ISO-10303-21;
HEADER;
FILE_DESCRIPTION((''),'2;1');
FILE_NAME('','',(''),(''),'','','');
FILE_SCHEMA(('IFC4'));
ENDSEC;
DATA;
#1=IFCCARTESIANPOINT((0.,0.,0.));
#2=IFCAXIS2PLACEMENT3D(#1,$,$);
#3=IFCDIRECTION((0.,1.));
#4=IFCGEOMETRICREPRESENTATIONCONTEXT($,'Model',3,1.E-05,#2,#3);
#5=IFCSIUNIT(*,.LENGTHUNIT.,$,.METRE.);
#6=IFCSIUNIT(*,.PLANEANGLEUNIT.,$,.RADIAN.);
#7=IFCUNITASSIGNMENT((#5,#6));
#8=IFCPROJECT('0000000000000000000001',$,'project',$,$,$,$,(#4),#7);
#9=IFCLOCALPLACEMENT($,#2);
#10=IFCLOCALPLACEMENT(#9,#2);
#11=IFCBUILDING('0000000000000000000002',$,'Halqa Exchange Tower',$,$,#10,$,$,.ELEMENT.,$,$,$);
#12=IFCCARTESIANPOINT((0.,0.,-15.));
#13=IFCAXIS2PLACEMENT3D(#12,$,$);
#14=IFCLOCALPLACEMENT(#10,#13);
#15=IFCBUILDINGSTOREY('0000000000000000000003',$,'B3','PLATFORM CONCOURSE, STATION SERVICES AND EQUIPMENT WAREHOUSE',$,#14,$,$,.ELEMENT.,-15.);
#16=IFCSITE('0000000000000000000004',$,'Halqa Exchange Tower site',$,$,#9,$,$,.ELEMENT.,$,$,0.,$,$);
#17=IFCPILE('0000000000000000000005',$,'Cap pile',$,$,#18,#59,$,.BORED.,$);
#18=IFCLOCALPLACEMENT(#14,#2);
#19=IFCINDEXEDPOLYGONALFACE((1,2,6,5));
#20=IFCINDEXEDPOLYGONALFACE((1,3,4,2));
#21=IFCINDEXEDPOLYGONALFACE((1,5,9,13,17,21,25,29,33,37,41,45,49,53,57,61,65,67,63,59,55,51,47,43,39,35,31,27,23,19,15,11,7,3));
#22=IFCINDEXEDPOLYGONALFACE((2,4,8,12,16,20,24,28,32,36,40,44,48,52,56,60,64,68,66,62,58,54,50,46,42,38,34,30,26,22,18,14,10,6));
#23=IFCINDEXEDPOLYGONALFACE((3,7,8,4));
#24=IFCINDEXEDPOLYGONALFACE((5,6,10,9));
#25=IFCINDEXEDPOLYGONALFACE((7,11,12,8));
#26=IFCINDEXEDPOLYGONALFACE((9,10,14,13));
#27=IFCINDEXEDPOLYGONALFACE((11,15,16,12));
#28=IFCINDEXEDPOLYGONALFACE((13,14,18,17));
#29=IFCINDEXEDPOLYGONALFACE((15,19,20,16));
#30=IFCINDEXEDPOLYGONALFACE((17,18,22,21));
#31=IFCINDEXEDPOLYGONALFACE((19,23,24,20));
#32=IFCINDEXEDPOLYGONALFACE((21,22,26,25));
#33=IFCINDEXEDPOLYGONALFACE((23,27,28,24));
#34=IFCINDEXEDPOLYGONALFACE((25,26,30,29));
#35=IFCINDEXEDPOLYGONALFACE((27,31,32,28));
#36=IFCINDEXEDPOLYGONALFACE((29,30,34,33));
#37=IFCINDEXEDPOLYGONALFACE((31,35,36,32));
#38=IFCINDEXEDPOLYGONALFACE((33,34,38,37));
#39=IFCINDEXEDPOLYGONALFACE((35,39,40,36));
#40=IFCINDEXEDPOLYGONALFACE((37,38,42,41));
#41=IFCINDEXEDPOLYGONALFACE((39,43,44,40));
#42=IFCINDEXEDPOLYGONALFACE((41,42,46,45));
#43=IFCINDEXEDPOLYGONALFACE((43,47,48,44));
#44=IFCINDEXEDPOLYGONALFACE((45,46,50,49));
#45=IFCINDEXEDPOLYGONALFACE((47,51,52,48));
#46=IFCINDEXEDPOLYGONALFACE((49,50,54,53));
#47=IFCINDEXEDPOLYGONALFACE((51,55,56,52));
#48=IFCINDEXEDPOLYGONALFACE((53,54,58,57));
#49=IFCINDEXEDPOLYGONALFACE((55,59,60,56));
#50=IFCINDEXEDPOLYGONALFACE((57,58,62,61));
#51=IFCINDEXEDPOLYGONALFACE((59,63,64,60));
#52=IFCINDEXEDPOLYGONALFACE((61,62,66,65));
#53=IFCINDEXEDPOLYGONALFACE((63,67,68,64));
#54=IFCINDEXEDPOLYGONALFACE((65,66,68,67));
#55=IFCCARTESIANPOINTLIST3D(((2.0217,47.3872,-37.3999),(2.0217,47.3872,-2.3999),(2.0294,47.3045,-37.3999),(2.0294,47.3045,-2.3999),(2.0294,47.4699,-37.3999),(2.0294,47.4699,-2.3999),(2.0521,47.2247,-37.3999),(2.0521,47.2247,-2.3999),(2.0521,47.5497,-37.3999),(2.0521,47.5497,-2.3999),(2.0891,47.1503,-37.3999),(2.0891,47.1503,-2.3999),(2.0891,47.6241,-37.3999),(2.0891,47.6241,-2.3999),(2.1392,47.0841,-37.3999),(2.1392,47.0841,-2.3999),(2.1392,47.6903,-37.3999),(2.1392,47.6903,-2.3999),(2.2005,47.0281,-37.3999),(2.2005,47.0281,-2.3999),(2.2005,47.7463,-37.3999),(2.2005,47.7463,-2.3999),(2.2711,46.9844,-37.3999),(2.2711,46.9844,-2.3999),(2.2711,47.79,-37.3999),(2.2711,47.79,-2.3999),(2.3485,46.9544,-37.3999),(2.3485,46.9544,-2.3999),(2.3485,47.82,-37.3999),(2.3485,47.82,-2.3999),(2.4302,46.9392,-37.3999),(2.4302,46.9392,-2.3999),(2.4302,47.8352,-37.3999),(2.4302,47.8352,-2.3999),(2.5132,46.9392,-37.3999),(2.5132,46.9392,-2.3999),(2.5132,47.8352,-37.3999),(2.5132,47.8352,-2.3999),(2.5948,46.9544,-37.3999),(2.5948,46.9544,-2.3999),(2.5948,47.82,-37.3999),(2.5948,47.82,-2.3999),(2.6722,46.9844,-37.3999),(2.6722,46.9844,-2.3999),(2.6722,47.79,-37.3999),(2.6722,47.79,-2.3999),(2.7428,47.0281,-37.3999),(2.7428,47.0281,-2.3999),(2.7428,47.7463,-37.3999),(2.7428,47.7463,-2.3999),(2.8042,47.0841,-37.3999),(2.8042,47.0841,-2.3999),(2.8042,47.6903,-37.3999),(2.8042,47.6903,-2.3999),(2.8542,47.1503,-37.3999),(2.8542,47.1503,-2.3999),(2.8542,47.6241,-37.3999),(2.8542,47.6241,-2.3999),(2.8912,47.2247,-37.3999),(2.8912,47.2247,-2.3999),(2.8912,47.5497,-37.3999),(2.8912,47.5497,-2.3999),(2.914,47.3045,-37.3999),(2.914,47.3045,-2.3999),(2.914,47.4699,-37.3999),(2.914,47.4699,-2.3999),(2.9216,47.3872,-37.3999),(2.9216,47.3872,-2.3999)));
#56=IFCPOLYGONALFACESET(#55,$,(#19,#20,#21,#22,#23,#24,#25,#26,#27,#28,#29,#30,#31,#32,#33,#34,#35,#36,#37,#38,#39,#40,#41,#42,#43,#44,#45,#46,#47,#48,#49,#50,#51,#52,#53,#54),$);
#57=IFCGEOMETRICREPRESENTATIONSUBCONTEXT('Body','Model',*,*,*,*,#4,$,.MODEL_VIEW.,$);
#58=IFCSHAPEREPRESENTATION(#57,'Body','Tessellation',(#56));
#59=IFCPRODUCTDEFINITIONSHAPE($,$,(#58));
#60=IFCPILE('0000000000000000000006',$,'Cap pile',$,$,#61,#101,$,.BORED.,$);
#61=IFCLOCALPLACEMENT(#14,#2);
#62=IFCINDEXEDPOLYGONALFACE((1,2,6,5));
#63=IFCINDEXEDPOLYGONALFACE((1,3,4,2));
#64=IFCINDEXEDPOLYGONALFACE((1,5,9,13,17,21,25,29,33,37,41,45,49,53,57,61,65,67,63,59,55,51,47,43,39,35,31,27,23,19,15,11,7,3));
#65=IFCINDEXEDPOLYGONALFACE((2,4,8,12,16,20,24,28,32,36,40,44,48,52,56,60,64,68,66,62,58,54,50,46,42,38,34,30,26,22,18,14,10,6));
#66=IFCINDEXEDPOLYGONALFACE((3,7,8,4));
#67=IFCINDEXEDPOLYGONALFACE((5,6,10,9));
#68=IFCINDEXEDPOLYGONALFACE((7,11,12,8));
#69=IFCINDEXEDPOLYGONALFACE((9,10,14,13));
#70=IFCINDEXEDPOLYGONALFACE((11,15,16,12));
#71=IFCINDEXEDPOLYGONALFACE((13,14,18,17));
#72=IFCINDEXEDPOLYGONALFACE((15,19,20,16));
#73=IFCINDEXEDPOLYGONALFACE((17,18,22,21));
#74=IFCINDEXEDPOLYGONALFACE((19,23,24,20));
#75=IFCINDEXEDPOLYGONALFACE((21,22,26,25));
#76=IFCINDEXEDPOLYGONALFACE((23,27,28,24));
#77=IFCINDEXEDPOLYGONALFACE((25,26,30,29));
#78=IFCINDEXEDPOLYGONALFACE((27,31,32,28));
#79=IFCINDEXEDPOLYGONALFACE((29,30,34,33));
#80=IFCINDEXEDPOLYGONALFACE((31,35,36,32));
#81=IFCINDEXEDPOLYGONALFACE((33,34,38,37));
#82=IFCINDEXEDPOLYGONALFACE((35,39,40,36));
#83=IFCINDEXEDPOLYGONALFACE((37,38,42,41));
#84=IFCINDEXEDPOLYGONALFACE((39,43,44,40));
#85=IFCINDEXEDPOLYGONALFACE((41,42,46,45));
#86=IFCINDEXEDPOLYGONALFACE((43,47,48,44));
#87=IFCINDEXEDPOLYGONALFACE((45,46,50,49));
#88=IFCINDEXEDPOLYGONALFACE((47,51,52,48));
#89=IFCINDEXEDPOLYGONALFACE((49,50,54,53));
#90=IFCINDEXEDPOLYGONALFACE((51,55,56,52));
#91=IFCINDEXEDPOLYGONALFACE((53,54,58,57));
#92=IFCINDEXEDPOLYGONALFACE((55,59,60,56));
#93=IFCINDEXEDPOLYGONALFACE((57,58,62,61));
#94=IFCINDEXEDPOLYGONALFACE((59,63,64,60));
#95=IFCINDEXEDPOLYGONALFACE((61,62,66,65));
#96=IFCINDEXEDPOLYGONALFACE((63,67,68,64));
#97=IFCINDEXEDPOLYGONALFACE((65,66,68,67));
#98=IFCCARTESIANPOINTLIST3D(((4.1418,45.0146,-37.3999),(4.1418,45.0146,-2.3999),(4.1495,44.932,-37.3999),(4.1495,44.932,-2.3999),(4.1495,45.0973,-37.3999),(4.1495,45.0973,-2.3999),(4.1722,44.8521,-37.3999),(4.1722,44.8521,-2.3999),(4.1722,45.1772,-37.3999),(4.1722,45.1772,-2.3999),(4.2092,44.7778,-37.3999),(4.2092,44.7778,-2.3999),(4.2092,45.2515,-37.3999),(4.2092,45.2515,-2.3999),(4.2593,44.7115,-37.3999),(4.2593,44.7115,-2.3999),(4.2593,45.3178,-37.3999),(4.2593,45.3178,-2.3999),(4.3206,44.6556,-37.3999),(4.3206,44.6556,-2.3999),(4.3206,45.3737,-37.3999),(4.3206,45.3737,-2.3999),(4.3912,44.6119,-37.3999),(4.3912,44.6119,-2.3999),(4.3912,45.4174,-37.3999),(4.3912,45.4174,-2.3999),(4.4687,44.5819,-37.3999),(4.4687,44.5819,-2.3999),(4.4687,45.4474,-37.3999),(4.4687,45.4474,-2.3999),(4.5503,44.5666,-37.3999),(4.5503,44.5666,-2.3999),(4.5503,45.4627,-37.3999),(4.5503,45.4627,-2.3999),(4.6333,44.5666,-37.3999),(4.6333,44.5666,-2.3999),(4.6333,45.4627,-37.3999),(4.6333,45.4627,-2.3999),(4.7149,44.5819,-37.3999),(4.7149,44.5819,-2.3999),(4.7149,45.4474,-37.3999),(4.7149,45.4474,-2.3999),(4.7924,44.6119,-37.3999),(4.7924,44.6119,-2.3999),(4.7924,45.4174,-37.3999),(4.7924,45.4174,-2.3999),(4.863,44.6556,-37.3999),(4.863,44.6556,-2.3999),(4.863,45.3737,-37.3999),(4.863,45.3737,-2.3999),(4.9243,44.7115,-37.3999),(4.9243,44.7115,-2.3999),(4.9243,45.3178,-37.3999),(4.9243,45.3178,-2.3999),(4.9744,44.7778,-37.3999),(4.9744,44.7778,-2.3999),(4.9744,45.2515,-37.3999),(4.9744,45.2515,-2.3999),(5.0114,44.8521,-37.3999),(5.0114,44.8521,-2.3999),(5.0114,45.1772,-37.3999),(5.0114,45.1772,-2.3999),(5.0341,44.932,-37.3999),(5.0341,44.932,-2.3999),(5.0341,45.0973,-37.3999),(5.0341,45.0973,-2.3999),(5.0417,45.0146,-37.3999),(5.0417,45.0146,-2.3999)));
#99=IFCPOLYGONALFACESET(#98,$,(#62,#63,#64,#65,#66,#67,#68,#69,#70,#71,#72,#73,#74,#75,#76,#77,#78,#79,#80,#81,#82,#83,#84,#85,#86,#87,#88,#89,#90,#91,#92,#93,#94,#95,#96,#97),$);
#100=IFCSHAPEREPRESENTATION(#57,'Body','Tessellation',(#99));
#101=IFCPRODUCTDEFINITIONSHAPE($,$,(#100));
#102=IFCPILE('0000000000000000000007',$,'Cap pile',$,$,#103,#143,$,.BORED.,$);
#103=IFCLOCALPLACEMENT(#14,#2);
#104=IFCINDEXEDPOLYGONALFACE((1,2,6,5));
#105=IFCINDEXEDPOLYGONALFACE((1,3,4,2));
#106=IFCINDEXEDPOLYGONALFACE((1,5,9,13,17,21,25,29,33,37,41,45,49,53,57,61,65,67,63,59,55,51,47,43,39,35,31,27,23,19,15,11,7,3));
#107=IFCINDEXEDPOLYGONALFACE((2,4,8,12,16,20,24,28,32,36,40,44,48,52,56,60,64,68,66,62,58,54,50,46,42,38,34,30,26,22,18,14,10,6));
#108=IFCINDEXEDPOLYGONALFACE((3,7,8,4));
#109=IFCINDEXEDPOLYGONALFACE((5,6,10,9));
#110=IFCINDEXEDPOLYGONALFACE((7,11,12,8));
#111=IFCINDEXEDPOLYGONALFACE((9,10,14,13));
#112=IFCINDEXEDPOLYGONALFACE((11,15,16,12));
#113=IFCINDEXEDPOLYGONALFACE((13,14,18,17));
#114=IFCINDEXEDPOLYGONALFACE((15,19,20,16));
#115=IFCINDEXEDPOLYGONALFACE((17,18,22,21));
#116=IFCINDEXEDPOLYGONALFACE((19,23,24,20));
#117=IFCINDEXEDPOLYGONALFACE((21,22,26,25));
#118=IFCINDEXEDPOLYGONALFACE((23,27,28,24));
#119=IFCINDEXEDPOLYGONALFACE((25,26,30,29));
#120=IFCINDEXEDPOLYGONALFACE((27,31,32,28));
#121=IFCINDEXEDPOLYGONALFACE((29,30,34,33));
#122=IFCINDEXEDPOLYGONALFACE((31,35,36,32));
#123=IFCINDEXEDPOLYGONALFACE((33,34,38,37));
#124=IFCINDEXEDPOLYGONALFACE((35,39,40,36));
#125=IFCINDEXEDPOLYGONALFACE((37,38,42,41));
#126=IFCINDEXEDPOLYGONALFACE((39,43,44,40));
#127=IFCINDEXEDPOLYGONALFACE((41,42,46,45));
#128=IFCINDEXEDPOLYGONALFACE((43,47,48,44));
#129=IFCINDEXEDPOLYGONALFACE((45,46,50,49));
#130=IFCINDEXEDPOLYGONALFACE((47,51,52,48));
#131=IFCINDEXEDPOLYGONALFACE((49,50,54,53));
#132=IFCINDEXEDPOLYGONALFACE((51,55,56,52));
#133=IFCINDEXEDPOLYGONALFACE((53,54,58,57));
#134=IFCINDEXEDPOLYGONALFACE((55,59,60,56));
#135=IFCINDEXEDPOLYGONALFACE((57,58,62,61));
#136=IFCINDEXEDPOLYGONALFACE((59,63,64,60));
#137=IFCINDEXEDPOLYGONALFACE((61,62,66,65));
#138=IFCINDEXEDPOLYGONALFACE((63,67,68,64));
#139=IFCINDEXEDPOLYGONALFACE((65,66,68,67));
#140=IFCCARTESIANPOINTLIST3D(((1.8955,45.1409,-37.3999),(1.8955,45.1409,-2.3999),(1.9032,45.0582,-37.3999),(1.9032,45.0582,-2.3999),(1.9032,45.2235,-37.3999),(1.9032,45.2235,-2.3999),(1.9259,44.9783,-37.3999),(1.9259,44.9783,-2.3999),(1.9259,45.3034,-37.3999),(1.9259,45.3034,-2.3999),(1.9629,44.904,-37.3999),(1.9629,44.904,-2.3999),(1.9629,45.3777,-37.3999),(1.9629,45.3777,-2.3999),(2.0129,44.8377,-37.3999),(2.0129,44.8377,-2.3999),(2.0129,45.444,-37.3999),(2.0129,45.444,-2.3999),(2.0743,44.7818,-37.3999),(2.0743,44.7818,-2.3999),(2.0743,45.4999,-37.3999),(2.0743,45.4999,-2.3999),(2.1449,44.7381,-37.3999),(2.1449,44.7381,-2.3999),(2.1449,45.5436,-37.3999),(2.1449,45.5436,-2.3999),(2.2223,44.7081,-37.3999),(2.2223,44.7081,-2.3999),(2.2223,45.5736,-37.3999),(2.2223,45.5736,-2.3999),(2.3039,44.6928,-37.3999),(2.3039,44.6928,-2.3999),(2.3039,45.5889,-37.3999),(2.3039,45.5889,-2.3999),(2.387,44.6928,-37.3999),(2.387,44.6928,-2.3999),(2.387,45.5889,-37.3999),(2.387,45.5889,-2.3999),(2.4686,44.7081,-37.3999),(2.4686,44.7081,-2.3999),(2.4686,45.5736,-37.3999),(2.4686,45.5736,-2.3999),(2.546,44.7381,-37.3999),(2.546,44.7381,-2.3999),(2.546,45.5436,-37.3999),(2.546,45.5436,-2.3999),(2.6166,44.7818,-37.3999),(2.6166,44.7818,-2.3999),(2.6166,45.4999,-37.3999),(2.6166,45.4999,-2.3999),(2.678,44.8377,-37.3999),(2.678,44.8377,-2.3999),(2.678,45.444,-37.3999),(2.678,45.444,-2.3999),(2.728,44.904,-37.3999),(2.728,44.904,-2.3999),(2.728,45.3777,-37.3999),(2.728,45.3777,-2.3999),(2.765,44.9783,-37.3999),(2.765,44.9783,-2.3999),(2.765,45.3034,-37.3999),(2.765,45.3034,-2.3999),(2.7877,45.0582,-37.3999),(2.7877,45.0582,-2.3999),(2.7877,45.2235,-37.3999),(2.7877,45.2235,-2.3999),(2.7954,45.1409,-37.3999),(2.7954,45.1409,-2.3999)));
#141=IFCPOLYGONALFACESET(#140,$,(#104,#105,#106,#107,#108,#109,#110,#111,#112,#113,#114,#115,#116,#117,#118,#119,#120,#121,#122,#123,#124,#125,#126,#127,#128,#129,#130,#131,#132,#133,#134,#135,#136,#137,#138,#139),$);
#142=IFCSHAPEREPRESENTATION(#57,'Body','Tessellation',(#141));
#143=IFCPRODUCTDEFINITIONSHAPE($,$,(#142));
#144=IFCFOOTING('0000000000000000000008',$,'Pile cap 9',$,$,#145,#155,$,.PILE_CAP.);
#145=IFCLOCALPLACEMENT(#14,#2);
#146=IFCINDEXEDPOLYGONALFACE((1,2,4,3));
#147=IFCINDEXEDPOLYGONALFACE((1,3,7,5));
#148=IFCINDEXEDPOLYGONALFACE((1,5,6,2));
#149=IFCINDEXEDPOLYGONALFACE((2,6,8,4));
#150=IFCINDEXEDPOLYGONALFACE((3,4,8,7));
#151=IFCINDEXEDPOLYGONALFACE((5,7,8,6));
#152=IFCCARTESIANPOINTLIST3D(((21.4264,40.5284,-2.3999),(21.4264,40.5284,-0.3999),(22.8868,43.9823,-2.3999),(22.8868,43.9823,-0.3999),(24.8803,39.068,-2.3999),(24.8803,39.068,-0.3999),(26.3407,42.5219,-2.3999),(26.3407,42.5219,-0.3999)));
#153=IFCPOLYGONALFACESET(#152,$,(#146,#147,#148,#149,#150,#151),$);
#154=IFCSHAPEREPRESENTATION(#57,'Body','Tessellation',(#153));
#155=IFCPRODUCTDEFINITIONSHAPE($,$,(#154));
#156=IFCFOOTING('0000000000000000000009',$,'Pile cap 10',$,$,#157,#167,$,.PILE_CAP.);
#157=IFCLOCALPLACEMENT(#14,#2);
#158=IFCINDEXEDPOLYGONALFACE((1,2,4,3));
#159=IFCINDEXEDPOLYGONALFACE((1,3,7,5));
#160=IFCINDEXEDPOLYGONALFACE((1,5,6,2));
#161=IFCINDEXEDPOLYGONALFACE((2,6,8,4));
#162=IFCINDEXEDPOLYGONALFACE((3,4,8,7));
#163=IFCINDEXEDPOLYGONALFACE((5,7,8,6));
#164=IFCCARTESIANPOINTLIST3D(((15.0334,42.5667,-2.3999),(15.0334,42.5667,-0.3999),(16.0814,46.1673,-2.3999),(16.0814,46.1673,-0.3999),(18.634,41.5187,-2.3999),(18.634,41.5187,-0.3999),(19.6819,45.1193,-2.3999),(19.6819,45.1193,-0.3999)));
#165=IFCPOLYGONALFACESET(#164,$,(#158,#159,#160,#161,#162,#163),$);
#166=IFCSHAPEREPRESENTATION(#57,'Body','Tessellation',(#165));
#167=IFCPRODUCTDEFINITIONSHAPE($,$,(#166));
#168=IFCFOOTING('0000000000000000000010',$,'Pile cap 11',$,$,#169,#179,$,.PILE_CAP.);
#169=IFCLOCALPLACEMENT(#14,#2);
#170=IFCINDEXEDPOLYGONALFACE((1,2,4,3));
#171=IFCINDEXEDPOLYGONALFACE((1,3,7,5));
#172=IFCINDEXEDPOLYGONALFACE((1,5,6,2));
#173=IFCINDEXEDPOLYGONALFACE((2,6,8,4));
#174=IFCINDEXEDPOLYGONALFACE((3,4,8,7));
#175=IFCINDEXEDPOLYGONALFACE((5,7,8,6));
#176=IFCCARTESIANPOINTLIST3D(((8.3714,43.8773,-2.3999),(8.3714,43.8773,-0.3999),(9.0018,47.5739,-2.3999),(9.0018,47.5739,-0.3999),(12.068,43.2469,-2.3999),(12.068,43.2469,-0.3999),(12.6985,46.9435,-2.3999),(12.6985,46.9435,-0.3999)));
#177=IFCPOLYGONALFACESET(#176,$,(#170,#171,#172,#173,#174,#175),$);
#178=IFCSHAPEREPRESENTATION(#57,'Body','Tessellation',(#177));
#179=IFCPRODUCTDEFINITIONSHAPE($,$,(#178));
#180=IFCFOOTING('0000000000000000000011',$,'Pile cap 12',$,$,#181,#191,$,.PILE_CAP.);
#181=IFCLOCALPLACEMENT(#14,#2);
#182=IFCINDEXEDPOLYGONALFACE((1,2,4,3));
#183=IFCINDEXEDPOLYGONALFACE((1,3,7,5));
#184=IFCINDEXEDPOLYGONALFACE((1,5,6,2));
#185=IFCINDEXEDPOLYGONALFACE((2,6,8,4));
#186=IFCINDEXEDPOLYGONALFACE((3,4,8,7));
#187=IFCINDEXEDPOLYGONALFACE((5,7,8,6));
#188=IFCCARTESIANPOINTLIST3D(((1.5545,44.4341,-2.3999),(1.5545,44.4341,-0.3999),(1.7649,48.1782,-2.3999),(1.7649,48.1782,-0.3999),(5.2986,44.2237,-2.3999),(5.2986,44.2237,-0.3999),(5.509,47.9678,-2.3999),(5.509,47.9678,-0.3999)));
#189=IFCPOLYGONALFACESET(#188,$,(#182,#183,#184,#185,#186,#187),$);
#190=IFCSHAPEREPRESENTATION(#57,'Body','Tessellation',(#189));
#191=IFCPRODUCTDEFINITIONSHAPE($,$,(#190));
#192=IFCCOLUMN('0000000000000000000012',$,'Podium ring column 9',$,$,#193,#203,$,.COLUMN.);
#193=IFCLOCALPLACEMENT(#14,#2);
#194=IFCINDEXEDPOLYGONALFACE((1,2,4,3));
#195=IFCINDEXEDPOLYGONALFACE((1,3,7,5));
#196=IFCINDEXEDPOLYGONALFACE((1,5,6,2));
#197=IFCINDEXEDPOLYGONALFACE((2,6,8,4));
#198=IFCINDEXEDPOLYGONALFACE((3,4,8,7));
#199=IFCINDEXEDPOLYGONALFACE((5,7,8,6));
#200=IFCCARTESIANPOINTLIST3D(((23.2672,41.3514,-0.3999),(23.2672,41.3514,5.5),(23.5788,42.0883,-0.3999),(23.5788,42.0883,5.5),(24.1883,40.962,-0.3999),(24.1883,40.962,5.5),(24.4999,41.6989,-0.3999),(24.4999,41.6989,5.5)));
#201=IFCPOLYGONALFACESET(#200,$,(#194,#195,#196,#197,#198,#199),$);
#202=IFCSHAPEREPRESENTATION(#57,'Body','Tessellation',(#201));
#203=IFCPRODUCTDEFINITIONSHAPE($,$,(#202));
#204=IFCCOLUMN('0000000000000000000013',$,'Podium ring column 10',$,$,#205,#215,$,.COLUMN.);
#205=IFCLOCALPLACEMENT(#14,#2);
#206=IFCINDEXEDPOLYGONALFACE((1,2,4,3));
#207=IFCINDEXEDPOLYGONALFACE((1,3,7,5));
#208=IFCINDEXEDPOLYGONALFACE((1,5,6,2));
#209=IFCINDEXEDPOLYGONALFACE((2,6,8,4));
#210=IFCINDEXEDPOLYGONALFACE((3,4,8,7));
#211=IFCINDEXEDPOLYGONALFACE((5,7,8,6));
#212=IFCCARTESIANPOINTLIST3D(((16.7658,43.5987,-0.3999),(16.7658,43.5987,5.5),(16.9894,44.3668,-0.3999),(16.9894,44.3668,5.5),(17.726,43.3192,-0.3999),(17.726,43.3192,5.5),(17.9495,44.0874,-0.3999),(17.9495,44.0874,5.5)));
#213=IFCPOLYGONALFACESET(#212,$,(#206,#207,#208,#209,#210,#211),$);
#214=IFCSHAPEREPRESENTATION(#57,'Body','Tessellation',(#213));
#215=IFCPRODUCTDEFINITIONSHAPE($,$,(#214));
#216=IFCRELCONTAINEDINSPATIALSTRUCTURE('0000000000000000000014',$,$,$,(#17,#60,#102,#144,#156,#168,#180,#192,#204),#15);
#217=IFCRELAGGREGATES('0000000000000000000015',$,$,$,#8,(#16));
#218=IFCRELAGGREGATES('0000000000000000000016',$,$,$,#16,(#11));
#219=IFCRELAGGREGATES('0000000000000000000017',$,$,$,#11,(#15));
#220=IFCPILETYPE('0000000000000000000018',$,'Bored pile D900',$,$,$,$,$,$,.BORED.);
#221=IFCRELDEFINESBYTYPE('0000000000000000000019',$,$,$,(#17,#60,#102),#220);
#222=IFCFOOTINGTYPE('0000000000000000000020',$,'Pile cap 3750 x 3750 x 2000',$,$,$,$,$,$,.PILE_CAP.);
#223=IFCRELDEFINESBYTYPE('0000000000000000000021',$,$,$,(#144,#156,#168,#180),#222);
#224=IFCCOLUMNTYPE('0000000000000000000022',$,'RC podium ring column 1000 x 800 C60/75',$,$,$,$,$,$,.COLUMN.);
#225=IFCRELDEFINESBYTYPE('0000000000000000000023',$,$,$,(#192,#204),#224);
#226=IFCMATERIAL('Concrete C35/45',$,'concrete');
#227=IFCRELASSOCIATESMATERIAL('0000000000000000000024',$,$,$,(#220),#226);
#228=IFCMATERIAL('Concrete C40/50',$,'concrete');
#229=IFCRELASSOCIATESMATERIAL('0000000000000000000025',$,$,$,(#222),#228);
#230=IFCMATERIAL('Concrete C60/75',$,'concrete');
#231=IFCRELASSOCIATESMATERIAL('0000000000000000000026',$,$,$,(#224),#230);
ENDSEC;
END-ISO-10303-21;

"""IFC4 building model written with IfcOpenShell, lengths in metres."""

from ifc_helpers import new_model, si_unit, direction, frame, origin, origin_2d, place, context, subcontext, project, spatial, rectangle, circle, extrude, material, material_profile, profile_set, type_object, element, save


model = new_model("IFC4")

# Units and contexts
model_context = context("Model", 3, precision=1e-05, world=origin(), true_north=direction((0.0, 1.0)))
body_context = subcontext(model_context, "Body", "Model", "MODEL_VIEW")
ifc_project = project(units=[si_unit("LENGTHUNIT", "METRE"), si_unit("PLANEANGLEUNIT", "RADIAN")], contexts=[model_context])

# Site, building, storey
site_placement = place(None, origin())
site = spatial("IfcSite", under=ifc_project, at=site_placement, Name="Halqa Exchange Tower site", CompositionType="ELEMENT", RefElevation=0.0)
building_placement = place(site_placement, origin())
building = spatial("IfcBuilding", under=site, at=building_placement, Name="Halqa Exchange Tower", CompositionType="ELEMENT")
storey_placement = place(building_placement, frame((0.0, 0.0, -15.0)))
storey = spatial("IfcBuildingStorey", under=building, at=storey_placement, Name="B3", Description="PLATFORM CONCOURSE, STATION SERVICES AND EQUIPMENT WAREHOUSE", CompositionType="ELEMENT", Elevation=-15.0)

# Piles
ifc_material_1 = material(Name="Concrete C35/45", Category="concrete")
ifc_material_profile_1 = material_profile(ifc_material_1, circle(Radius=0.45, at=origin_2d()), Name="D900")
ifc_profile_set_1 = profile_set([ifc_material_profile_1], Name="Concrete C35/45")
pile_type = type_object("IfcPileType", Name="Bored pile D900", PredefinedType="BORED", material=ifc_profile_set_1)
for number, where, z_axis, x_axis, name in (
    (1, (2.4717, 47.3872, -2.3999), (0.0, 0.0, -1.0), (1.0, 0.0, 0.0), "Cap pile"),
    (2, (4.5918, 45.0146, -2.3999), (0.0, 0.0, -1.0), (1.0, 0.0, 0.0), "Cap pile"),
    (3, (2.3455, 45.1409, -2.3999), (0.0, 0.0, -1.0), (1.0, 0.0, 0.0), "Cap pile"),
):
    element("IfcPile", number, at=place(storey_placement, frame(where, z_axis=z_axis, x_axis=x_axis)), inside=storey, type_object=pile_type, Name=name, PredefinedType="BORED", context=body_context, shape_type="SweptSolid", body=[
        extrude(circle(Radius=0.45, at=origin_2d()), origin(), (0.0, 0.0, 1.0), 35.0),
    ])

# Footings
ifc_material_2 = material(Name="Concrete C40/50", Category="concrete")
footing_type = type_object("IfcFootingType", Name="Pile cap 3750 x 3750 x 2000", PredefinedType="PILE_CAP", material=ifc_material_2)
for number, where, z_axis, x_axis, name in (
    (4, (23.8835, 41.5251, -2.3999), (0.0, 0.0, 1.0), (-0.921048, 0.389449, 0.0), "Pile cap 9"),
    (5, (17.3577, 43.843, -2.3999), (0.0, 0.0, 1.0), (-0.960158, 0.279459, 0.0), "Pile cap 10"),
    (6, (10.5349, 45.4104, -2.3999), (0.0, 0.0, 1.0), (-0.985766, 0.168121, 0.0), "Pile cap 11"),
    (7, (3.5317, 46.2009, -2.3999), (0.0, 0.0, 1.0), (-0.998425, 0.056107, 0.0), "Pile cap 12"),
):
    element("IfcFooting", number, at=place(storey_placement, frame(where, z_axis=z_axis, x_axis=x_axis)), inside=storey, type_object=footing_type, Name=name, PredefinedType="PILE_CAP", context=body_context, shape_type="SweptSolid", body=[
        extrude(rectangle(XDim=3.75, YDim=3.75, at=origin_2d()), origin(), (0.0, 0.0, 1.0), 2.0),
    ])

# Columns
ifc_material_3 = material(Name="Concrete C60/75", Category="concrete")
ifc_material_profile_2 = material_profile(ifc_material_3, rectangle(XDim=1.0, YDim=0.8, at=origin_2d()), Name="1000 x 800")
ifc_profile_set_2 = profile_set([ifc_material_profile_2], Name="Concrete C60/75")
column_type = type_object("IfcColumnType", Name="RC podium ring column 1000 x 800 C60/75", PredefinedType="COLUMN", material=ifc_profile_set_2)
for number, where, z_axis, x_axis, name in (
    (8, (23.8835, 41.5251, -0.3999), (0.0, 0.0, 1.0), (-0.921048, 0.389449, 0.0), "Podium ring column 9"),
    (9, (17.3577, 43.843, -0.3999), (0.0, 0.0, 1.0), (-0.960158, 0.279459, 0.0), "Podium ring column 10"),
):
    element("IfcColumn", number, at=place(storey_placement, frame(where, z_axis=z_axis, x_axis=x_axis)), inside=storey, type_object=column_type, Name=name, PredefinedType="COLUMN", context=body_context, shape_type="SweptSolid", body=[
        extrude(rectangle(XDim=1.0, YDim=0.8, at=origin_2d()), origin(), (0.0, 0.0, 1.0), 5.8999),
    ])

save(model, "model.ifc")
